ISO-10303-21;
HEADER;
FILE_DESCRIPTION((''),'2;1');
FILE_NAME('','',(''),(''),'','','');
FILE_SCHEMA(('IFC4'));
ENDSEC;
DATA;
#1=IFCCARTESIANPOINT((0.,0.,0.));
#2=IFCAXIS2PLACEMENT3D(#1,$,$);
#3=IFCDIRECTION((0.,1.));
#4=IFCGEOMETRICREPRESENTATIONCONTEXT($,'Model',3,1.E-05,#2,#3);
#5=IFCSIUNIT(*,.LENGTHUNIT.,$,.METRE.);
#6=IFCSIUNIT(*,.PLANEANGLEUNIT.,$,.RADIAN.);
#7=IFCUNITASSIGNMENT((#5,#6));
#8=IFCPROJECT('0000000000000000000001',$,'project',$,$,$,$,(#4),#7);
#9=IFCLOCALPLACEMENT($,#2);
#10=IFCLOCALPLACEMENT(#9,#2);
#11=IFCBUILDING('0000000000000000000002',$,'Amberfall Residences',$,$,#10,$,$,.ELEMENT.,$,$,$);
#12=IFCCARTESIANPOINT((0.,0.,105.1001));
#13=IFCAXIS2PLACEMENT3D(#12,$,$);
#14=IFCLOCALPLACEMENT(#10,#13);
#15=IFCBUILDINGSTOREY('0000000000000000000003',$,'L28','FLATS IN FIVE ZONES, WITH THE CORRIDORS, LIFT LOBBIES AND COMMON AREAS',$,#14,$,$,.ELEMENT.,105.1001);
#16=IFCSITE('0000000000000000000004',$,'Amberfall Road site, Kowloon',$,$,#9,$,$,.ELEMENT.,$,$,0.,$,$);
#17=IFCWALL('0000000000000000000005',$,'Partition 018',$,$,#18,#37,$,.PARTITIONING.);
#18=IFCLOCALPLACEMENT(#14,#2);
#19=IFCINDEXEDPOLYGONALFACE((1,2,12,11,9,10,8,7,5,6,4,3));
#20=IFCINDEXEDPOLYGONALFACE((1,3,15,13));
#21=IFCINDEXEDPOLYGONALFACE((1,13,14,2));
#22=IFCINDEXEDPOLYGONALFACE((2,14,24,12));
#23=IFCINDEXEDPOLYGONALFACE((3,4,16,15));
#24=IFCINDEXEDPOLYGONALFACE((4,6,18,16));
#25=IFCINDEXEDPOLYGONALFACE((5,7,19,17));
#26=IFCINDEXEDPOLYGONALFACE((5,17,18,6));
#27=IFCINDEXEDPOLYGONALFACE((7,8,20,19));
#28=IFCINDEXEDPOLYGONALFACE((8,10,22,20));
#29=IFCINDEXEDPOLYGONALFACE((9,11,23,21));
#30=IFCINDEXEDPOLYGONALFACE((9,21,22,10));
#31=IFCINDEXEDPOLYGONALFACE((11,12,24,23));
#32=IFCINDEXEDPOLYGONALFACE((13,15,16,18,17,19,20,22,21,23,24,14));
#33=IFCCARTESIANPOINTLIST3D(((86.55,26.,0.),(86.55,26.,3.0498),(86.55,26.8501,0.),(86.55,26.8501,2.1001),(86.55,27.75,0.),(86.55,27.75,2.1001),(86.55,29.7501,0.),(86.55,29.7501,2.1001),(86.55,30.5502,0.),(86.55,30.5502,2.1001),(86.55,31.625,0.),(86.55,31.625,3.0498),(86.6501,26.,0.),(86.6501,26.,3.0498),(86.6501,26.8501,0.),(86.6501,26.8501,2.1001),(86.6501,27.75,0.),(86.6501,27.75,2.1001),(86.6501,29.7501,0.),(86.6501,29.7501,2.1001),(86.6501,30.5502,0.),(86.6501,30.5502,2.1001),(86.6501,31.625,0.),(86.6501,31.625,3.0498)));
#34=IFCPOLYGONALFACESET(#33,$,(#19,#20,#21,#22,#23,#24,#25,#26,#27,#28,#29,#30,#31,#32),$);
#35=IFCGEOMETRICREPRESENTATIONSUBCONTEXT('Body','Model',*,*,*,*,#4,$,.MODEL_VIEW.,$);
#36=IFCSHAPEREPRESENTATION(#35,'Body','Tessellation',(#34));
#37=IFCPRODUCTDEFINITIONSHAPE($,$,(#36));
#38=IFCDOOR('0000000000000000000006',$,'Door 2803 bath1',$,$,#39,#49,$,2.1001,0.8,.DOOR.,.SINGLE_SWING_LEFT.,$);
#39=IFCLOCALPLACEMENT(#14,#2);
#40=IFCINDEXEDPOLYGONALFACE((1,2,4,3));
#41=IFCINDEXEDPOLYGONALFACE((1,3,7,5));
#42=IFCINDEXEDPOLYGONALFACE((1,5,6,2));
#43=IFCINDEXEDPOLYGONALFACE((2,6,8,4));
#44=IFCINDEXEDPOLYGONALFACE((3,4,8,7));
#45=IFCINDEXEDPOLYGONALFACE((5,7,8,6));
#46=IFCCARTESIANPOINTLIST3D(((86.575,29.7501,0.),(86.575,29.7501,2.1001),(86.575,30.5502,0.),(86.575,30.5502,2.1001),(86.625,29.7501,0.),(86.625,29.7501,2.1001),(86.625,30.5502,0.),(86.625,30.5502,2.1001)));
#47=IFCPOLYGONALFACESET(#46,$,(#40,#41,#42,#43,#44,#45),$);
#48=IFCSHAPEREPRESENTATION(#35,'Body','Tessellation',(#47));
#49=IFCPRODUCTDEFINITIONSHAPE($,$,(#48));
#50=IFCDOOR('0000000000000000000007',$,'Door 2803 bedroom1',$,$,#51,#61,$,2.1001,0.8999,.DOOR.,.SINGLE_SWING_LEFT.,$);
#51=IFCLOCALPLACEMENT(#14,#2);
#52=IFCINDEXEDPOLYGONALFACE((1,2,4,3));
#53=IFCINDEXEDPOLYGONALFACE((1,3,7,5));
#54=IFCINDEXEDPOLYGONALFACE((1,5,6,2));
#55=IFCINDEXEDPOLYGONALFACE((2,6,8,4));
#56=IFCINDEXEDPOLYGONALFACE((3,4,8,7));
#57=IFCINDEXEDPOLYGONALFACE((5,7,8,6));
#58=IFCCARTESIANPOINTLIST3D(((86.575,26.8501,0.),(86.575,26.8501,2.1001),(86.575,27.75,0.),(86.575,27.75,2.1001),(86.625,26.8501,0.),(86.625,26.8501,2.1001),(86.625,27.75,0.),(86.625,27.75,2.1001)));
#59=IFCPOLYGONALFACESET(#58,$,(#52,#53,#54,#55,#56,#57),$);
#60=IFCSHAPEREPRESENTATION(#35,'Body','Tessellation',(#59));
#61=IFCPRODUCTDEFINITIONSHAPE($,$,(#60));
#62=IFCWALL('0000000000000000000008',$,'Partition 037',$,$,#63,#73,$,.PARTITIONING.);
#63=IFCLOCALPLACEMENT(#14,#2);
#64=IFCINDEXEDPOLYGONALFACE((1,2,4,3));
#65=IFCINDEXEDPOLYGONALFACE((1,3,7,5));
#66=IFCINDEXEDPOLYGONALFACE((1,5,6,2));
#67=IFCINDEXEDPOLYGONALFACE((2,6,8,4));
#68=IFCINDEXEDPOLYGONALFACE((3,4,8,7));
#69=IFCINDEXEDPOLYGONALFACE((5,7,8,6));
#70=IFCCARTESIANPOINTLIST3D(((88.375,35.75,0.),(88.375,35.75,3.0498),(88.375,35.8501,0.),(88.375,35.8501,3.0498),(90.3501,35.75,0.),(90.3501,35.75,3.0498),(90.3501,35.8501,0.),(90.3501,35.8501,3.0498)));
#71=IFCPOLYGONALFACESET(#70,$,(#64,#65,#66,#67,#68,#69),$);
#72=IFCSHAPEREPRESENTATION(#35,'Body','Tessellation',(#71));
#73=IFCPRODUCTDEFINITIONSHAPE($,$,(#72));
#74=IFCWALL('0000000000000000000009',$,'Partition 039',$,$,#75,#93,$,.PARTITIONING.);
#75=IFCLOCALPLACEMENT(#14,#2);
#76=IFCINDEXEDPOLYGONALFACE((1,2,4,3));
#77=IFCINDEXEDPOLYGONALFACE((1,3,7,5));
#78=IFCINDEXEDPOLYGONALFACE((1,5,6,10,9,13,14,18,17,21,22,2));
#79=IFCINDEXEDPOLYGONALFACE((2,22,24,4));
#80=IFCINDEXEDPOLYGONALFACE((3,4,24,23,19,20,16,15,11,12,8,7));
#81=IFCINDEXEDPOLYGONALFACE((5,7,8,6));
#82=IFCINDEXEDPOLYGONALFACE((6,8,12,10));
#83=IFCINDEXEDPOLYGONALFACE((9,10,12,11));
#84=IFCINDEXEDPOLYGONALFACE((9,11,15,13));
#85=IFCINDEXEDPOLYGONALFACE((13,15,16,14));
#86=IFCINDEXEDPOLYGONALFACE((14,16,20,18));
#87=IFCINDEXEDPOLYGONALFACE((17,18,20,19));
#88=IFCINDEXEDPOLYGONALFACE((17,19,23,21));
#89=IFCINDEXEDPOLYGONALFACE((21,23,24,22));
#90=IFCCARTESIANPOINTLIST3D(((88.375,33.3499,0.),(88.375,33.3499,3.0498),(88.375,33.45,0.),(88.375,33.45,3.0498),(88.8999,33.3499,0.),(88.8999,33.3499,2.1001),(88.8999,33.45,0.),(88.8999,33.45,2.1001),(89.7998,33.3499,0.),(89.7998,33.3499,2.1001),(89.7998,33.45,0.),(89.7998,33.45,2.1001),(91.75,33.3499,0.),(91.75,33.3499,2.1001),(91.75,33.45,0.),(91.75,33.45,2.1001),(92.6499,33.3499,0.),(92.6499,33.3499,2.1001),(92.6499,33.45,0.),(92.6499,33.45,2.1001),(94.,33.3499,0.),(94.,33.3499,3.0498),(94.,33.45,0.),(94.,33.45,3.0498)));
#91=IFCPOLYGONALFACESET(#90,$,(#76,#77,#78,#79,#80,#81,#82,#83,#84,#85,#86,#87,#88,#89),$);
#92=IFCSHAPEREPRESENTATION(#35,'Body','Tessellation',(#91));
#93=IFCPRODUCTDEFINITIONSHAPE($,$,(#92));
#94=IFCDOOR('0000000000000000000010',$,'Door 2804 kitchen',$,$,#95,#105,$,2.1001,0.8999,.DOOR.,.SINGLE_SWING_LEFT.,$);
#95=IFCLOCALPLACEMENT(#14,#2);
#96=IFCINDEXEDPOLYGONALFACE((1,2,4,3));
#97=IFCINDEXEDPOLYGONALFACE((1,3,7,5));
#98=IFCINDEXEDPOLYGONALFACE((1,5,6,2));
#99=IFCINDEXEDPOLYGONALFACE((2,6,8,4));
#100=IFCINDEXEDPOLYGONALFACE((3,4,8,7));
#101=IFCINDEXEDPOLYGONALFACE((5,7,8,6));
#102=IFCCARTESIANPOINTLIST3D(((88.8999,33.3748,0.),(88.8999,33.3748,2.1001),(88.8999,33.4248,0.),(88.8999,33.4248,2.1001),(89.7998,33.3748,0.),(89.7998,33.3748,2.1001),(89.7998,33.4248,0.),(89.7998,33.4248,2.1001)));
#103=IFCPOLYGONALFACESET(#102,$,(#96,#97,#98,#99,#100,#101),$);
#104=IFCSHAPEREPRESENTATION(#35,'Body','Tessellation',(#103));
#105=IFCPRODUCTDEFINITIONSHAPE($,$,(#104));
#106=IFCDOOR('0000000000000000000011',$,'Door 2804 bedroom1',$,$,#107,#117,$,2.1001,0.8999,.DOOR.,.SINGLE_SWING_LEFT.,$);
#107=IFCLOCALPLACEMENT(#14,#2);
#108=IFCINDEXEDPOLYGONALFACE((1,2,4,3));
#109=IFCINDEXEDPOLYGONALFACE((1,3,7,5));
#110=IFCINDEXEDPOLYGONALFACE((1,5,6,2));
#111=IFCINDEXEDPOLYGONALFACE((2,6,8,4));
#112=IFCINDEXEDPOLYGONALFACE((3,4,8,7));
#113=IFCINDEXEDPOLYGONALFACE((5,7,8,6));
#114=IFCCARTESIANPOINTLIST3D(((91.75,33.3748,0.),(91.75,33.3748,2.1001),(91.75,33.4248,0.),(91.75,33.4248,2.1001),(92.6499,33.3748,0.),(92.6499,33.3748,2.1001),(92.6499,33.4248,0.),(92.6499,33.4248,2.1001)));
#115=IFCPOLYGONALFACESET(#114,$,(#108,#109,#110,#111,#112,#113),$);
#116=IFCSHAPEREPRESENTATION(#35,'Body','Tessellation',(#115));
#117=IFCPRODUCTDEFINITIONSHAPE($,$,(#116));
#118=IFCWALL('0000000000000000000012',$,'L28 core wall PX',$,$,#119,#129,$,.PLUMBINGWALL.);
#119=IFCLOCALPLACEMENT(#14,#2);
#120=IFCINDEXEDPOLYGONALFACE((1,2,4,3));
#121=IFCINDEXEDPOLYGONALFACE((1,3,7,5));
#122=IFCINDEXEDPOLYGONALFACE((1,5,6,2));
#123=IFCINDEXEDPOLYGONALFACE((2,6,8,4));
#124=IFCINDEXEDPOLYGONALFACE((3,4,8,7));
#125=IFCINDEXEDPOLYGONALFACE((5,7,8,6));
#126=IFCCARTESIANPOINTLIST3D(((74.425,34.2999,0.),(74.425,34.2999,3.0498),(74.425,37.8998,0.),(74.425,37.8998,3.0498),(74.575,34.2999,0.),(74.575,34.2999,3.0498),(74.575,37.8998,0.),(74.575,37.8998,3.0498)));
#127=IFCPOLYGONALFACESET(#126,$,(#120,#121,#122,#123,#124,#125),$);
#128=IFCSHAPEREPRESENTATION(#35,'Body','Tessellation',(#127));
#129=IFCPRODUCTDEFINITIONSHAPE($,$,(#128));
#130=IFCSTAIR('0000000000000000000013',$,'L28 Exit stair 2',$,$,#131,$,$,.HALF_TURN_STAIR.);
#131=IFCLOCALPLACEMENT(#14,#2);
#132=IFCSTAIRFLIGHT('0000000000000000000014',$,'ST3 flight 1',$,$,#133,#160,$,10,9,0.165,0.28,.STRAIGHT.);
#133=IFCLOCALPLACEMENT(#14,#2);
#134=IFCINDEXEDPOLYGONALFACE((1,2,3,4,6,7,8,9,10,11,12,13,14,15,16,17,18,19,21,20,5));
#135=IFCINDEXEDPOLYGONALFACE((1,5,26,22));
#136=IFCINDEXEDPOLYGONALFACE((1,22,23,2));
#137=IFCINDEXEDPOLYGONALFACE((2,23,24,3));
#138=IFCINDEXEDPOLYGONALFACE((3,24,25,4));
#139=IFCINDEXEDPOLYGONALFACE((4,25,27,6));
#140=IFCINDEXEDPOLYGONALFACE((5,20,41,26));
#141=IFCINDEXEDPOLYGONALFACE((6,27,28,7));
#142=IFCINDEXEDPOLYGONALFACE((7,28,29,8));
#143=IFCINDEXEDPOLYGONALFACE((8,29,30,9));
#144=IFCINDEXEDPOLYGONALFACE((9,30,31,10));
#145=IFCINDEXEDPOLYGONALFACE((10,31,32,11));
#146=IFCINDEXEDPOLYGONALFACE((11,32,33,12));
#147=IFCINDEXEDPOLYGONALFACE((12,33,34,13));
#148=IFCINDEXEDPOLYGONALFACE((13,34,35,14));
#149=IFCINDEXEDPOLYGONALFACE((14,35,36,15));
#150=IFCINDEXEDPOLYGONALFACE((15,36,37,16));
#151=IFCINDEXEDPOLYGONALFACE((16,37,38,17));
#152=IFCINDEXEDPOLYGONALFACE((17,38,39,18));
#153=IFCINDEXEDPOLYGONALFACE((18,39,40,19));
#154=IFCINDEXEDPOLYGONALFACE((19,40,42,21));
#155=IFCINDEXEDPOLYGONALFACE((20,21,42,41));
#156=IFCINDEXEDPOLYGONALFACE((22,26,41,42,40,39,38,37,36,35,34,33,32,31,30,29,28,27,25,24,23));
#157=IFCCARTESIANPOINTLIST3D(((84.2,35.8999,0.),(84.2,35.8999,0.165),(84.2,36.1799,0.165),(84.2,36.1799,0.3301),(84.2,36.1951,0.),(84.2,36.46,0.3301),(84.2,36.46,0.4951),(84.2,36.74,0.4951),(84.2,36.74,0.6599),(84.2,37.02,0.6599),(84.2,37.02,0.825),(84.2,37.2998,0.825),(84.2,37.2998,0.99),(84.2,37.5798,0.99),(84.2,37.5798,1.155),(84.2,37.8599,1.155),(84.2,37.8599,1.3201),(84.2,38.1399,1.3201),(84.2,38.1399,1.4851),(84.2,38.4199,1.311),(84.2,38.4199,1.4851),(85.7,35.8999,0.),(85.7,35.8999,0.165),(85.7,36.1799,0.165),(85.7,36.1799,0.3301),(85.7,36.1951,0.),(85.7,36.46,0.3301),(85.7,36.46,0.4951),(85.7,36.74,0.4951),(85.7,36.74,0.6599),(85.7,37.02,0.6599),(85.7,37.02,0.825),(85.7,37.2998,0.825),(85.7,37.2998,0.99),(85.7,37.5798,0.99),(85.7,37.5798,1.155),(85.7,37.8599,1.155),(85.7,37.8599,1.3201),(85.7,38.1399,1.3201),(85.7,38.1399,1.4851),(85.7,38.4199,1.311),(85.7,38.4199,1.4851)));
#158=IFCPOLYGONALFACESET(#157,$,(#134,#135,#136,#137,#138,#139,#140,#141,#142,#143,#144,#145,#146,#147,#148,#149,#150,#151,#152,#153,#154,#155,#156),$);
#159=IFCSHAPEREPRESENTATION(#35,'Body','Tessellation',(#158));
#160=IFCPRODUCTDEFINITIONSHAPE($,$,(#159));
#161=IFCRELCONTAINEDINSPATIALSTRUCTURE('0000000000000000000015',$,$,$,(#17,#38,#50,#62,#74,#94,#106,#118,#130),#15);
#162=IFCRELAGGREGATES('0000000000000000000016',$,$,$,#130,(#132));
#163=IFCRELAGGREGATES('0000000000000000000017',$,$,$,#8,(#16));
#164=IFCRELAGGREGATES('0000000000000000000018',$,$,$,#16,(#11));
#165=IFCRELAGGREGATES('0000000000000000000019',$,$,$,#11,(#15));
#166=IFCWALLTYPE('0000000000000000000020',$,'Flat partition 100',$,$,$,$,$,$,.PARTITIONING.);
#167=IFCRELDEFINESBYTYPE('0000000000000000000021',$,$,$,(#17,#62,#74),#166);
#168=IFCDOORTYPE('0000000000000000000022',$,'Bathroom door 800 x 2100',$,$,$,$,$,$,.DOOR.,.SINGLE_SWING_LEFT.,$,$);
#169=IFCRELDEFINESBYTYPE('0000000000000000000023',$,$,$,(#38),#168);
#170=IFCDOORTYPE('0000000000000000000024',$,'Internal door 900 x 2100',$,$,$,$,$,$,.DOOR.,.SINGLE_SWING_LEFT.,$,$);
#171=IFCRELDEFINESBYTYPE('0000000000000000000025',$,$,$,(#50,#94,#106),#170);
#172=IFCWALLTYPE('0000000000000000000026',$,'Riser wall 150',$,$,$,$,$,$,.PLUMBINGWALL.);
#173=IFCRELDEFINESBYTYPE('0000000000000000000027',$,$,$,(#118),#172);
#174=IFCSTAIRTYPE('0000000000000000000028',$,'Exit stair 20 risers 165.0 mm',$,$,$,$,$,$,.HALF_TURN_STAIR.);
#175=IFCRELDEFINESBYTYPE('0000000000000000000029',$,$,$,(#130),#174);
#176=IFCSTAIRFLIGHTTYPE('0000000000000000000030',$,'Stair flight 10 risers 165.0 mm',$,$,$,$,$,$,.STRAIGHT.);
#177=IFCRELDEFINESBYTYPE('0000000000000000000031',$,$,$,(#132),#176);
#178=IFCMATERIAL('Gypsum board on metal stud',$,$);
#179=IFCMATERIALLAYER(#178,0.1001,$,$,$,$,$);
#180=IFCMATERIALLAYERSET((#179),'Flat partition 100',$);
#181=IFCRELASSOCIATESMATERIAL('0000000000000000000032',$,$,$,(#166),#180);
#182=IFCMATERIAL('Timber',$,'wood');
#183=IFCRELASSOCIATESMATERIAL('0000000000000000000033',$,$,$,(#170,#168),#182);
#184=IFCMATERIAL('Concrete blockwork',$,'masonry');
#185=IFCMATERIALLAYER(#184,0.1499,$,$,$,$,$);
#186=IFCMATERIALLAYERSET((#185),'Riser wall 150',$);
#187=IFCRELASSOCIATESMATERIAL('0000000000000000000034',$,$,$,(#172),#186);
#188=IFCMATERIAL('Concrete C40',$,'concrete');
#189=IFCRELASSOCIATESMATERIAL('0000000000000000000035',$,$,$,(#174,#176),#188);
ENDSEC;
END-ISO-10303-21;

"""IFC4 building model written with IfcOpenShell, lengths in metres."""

from ifc_helpers import new_model, si_unit, direction, frame, frame_2d, origin, place, context, subcontext, project, spatial, polyline, rectangle, outline, extrude, material, layer, layer_set, type_object, element, fill, aggregate, save


model = new_model("IFC4")

# Units and contexts
model_context = context("Model", 3, precision=1e-05, world=origin(), true_north=direction((0.0, 1.0)))
body_context = subcontext(model_context, "Body", "Model", "MODEL_VIEW")
ifc_project = project(units=[si_unit("LENGTHUNIT", "METRE"), si_unit("PLANEANGLEUNIT", "RADIAN")], contexts=[model_context])

# Site, building, storey
site_placement = place(None, origin())
site = spatial("IfcSite", under=ifc_project, at=site_placement, Name="Amberfall Road site, Kowloon", CompositionType="ELEMENT", RefElevation=0.0)
building_placement = place(site_placement, origin())
building = spatial("IfcBuilding", under=site, at=building_placement, Name="Amberfall Residences", CompositionType="ELEMENT")
storey_placement = place(building_placement, frame((0.0, 0.0, 105.1001)))
storey = spatial("IfcBuildingStorey", under=building, at=storey_placement, Name="L28", Description="FLATS IN FIVE ZONES, WITH THE CORRIDORS, LIFT LOBBIES AND COMMON AREAS", CompositionType="ELEMENT", Elevation=105.1001)

# Shared definitions
ifc_material_1 = material(Name="Gypsum board on metal stud")
ifc_layer_1 = layer(ifc_material_1, 0.1001)
ifc_layer_set_1 = layer_set([ifc_layer_1], Name="Flat partition 100")
wall_type_1 = type_object("IfcWallType", Name="Flat partition 100", PredefinedType="PARTITIONING", material=ifc_layer_set_1)
ifc_material_2 = material(Name="Timber", Category="wood")
door_type_1 = type_object("IfcDoorType", Name="Internal door 900 x 2100", OperationType="SINGLE_SWING_LEFT", PredefinedType="DOOR", material=ifc_material_2)

# Wall, openings, doors
wall_1_placement = place(storey_placement, frame((86.6001, 31.625, 0.0), z_axis=(0.0, 0.0, 1.0), x_axis=(0.0, -1.0, 0.0)))
wall_1 = element("IfcWall", 1, at=wall_1_placement, inside=storey, type_object=wall_type_1, Name="Partition 018", PredefinedType="PARTITIONING", context=body_context, shape_type="SweptSolid", body=[
    extrude(rectangle(XDim=5.625, YDim=0.1001, at=frame_2d((2.8125, 0.0))), origin(), (0.0, 0.0, 1.0), 3.0498),
])
opening_1_placement = place(wall_1_placement, frame((3.875, 0.0, 0.0)))
opening_1 = element("IfcOpeningElement", 2, at=opening_1_placement, cuts=wall_1, PredefinedType="OPENING", context=body_context, shape_type="SweptSolid", body=[
    extrude(rectangle(XDim=0.8999, YDim=2.1001, at=frame_2d((0.45, 1.05))), frame((0.0, 0.0601, 0.0), z_axis=(0.0, -1.0, 0.0), x_axis=(1.0, 0.0, 0.0)), (0.0, 0.0, 1.0), 0.1201),
])
opening_2_placement = place(wall_1_placement, frame((1.075, 0.0, 0.0)))
opening_2 = element("IfcOpeningElement", 3, at=opening_2_placement, cuts=wall_1, PredefinedType="OPENING", context=body_context, shape_type="SweptSolid", body=[
    extrude(rectangle(XDim=0.8, YDim=2.1001, at=frame_2d((0.3999, 1.05))), frame((0.0, 0.0601, 0.0), z_axis=(0.0, -1.0, 0.0), x_axis=(1.0, 0.0, 0.0)), (0.0, 0.0, 1.0), 0.1201),
])
door_type_2 = type_object("IfcDoorType", Name="Bathroom door 800 x 2100", OperationType="SINGLE_SWING_LEFT", PredefinedType="DOOR", material=ifc_material_2)
door_1_placement = place(opening_2_placement, origin())
door_1 = element("IfcDoor", 4, at=door_1_placement, inside=storey, type_object=door_type_2, Name="Door 2803 bath1", OperationType="SINGLE_SWING_LEFT", OverallHeight=2.1001, OverallWidth=0.8, PredefinedType="DOOR", context=body_context, shape_type="SweptSolid", body=[
    extrude(rectangle(XDim=0.8, YDim=2.1001, at=frame_2d((0.3999, 1.05))), frame((0.0, 0.0249, 0.0), z_axis=(0.0, -1.0, 0.0), x_axis=(1.0, 0.0, 0.0)), (0.0, 0.0, 1.0), 0.05),
])
fill(opening_2, door_1)
door_2_placement = place(opening_1_placement, origin())
door_2 = element("IfcDoor", 5, at=door_2_placement, inside=storey, type_object=door_type_1, Name="Door 2803 bedroom1", OperationType="SINGLE_SWING_LEFT", OverallHeight=2.1001, OverallWidth=0.8999, PredefinedType="DOOR", context=body_context, shape_type="SweptSolid", body=[
    extrude(rectangle(XDim=0.8999, YDim=2.1001, at=frame_2d((0.45, 1.05))), frame((0.0, 0.0249, 0.0), z_axis=(0.0, -1.0, 0.0), x_axis=(1.0, 0.0, 0.0)), (0.0, 0.0, 1.0), 0.05),
])
fill(opening_1, door_2)

# Wall
wall_2_placement = place(storey_placement, frame((88.375, 35.8, 0.0), z_axis=(0.0, 0.0, 1.0), x_axis=(1.0, 0.0, 0.0)))
element("IfcWall", 6, at=wall_2_placement, inside=storey, type_object=wall_type_1, Name="Partition 037", PredefinedType="PARTITIONING", context=body_context, shape_type="SweptSolid", body=[
    extrude(rectangle(XDim=1.9751, YDim=0.1001, at=frame_2d((0.9875, 0.0))), origin(), (0.0, 0.0, 1.0), 3.0498),
])

# Wall, openings, doors
wall_3_placement = place(storey_placement, frame((88.375, 33.3999, 0.0), z_axis=(0.0, 0.0, 1.0), x_axis=(1.0, 0.0, 0.0)))
wall_3 = element("IfcWall", 7, at=wall_3_placement, inside=storey, type_object=wall_type_1, Name="Partition 039", PredefinedType="PARTITIONING", context=body_context, shape_type="SweptSolid", body=[
    extrude(rectangle(XDim=5.625, YDim=0.1001, at=frame_2d((2.8125, 0.0))), origin(), (0.0, 0.0, 1.0), 3.0498),
])
opening_3_placement = place(wall_3_placement, frame((0.5249, 0.0, 0.0)))
opening_3 = element("IfcOpeningElement", 8, at=opening_3_placement, cuts=wall_3, PredefinedType="OPENING", context=body_context, shape_type="SweptSolid", body=[
    extrude(rectangle(XDim=0.8999, YDim=2.1001, at=frame_2d((0.45, 1.05))), frame((0.0, 0.0601, 0.0), z_axis=(0.0, -1.0, 0.0), x_axis=(1.0, 0.0, 0.0)), (0.0, 0.0, 1.0), 0.1201),
])
opening_4_placement = place(wall_3_placement, frame((3.375, 0.0, 0.0)))
opening_4 = element("IfcOpeningElement", 9, at=opening_4_placement, cuts=wall_3, PredefinedType="OPENING", context=body_context, shape_type="SweptSolid", body=[
    extrude(rectangle(XDim=0.8999, YDim=2.1001, at=frame_2d((0.45, 1.05))), frame((0.0, 0.0601, 0.0), z_axis=(0.0, -1.0, 0.0), x_axis=(1.0, 0.0, 0.0)), (0.0, 0.0, 1.0), 0.1201),
])
door_3_placement = place(opening_3_placement, origin())
door_3 = element("IfcDoor", 10, at=door_3_placement, inside=storey, type_object=door_type_1, Name="Door 2804 kitchen", OperationType="SINGLE_SWING_LEFT", OverallHeight=2.1001, OverallWidth=0.8999, PredefinedType="DOOR", context=body_context, shape_type="SweptSolid", body=[
    extrude(rectangle(XDim=0.8999, YDim=2.1001, at=frame_2d((0.45, 1.05))), frame((0.0, 0.0249, 0.0), z_axis=(0.0, -1.0, 0.0), x_axis=(1.0, 0.0, 0.0)), (0.0, 0.0, 1.0), 0.05),
])
fill(opening_3, door_3)
door_4_placement = place(opening_4_placement, origin())
door_4 = element("IfcDoor", 11, at=door_4_placement, inside=storey, type_object=door_type_1, Name="Door 2804 bedroom1", OperationType="SINGLE_SWING_LEFT", OverallHeight=2.1001, OverallWidth=0.8999, PredefinedType="DOOR", context=body_context, shape_type="SweptSolid", body=[
    extrude(rectangle(XDim=0.8999, YDim=2.1001, at=frame_2d((0.45, 1.05))), frame((0.0, 0.0249, 0.0), z_axis=(0.0, -1.0, 0.0), x_axis=(1.0, 0.0, 0.0)), (0.0, 0.0, 1.0), 0.05),
])
fill(opening_4, door_4)

# Wall
ifc_material_3 = material(Name="Concrete blockwork", Category="masonry")
ifc_layer_2 = layer(ifc_material_3, 0.1499)
ifc_layer_set_2 = layer_set([ifc_layer_2], Name="Riser wall 150")
wall_type_2 = type_object("IfcWallType", Name="Riser wall 150", PredefinedType="PLUMBINGWALL", material=ifc_layer_set_2)
wall_4_placement = place(storey_placement, frame((74.5, 34.3, 0.0), z_axis=(0.0, 0.0, 1.0), x_axis=(0.0, 1.0, 0.0)))
element("IfcWall", 12, at=wall_4_placement, inside=storey, type_object=wall_type_2, Name="L28 core wall PX", PredefinedType="PLUMBINGWALL", context=body_context, shape_type="SweptSolid", body=[
    extrude(rectangle(XDim=3.5999, YDim=0.1499, at=frame_2d((1.7998, 0.0))), origin(), (0.0, 0.0, 1.0), 3.0498),
])

# Stair, stair flight
ifc_material_4 = material(Name="Concrete C40", Category="concrete")
stair_type = type_object("IfcStairType", Name="Exit stair 20 risers 165.0 mm", PredefinedType="HALF_TURN_STAIR", material=ifc_material_4)
stair_placement = place(storey_placement, origin())
stair = element("IfcStair", 13, at=stair_placement, inside=storey, type_object=stair_type, Name="L28 Exit stair 2", PredefinedType="HALF_TURN_STAIR")
stair_flight_type = type_object("IfcStairFlightType", Name="Stair flight 10 risers 165.0 mm", PredefinedType="STRAIGHT", material=ifc_material_4)
stair_flight_1_placement = place(storey_placement, frame((84.95, 35.8999, 0.0), z_axis=(0.0, 0.0, 1.0), x_axis=(0.0, 1.0, 0.0)))
stair_flight_1 = element("IfcStairFlight", 14, at=stair_flight_1_placement, type_object=stair_flight_type, Name="ST3 flight 1", NumberOfRisers=10, NumberOfTreads=9, PredefinedType="STRAIGHT", RiserHeight=0.165, TreadLength=0.28, context=body_context, shape_type="SweptSolid", body=[
    extrude(outline(polyline([(0.0, 0.0), (0.0, 0.165), (0.28, 0.165), (0.28, 0.3301), (0.5601, 0.3301), (0.5601, 0.4951), (0.8401, 0.4951), (0.8401, 0.6599), (1.1201, 0.6599), (1.1201, 0.825), (1.3999, 0.825), (1.3999, 0.99), (1.6799, 0.99), (1.6799, 1.155), (1.96, 1.155), (1.96, 1.3201), (2.24, 1.3201), (2.24, 1.4851), (2.52, 1.4851), (2.52, 1.6499), (2.52, 1.311), (0.2952, 0.0), (0.0, 0.0)])), frame((0.0, 0.75, 0.0), z_axis=(0.0, -1.0, 0.0), x_axis=(1.0, 0.0, 0.0)), (0.0, 0.0, 1.0), 1.5),
])
aggregate(stair, [stair_flight_1])

save(model, "model.ifc")
